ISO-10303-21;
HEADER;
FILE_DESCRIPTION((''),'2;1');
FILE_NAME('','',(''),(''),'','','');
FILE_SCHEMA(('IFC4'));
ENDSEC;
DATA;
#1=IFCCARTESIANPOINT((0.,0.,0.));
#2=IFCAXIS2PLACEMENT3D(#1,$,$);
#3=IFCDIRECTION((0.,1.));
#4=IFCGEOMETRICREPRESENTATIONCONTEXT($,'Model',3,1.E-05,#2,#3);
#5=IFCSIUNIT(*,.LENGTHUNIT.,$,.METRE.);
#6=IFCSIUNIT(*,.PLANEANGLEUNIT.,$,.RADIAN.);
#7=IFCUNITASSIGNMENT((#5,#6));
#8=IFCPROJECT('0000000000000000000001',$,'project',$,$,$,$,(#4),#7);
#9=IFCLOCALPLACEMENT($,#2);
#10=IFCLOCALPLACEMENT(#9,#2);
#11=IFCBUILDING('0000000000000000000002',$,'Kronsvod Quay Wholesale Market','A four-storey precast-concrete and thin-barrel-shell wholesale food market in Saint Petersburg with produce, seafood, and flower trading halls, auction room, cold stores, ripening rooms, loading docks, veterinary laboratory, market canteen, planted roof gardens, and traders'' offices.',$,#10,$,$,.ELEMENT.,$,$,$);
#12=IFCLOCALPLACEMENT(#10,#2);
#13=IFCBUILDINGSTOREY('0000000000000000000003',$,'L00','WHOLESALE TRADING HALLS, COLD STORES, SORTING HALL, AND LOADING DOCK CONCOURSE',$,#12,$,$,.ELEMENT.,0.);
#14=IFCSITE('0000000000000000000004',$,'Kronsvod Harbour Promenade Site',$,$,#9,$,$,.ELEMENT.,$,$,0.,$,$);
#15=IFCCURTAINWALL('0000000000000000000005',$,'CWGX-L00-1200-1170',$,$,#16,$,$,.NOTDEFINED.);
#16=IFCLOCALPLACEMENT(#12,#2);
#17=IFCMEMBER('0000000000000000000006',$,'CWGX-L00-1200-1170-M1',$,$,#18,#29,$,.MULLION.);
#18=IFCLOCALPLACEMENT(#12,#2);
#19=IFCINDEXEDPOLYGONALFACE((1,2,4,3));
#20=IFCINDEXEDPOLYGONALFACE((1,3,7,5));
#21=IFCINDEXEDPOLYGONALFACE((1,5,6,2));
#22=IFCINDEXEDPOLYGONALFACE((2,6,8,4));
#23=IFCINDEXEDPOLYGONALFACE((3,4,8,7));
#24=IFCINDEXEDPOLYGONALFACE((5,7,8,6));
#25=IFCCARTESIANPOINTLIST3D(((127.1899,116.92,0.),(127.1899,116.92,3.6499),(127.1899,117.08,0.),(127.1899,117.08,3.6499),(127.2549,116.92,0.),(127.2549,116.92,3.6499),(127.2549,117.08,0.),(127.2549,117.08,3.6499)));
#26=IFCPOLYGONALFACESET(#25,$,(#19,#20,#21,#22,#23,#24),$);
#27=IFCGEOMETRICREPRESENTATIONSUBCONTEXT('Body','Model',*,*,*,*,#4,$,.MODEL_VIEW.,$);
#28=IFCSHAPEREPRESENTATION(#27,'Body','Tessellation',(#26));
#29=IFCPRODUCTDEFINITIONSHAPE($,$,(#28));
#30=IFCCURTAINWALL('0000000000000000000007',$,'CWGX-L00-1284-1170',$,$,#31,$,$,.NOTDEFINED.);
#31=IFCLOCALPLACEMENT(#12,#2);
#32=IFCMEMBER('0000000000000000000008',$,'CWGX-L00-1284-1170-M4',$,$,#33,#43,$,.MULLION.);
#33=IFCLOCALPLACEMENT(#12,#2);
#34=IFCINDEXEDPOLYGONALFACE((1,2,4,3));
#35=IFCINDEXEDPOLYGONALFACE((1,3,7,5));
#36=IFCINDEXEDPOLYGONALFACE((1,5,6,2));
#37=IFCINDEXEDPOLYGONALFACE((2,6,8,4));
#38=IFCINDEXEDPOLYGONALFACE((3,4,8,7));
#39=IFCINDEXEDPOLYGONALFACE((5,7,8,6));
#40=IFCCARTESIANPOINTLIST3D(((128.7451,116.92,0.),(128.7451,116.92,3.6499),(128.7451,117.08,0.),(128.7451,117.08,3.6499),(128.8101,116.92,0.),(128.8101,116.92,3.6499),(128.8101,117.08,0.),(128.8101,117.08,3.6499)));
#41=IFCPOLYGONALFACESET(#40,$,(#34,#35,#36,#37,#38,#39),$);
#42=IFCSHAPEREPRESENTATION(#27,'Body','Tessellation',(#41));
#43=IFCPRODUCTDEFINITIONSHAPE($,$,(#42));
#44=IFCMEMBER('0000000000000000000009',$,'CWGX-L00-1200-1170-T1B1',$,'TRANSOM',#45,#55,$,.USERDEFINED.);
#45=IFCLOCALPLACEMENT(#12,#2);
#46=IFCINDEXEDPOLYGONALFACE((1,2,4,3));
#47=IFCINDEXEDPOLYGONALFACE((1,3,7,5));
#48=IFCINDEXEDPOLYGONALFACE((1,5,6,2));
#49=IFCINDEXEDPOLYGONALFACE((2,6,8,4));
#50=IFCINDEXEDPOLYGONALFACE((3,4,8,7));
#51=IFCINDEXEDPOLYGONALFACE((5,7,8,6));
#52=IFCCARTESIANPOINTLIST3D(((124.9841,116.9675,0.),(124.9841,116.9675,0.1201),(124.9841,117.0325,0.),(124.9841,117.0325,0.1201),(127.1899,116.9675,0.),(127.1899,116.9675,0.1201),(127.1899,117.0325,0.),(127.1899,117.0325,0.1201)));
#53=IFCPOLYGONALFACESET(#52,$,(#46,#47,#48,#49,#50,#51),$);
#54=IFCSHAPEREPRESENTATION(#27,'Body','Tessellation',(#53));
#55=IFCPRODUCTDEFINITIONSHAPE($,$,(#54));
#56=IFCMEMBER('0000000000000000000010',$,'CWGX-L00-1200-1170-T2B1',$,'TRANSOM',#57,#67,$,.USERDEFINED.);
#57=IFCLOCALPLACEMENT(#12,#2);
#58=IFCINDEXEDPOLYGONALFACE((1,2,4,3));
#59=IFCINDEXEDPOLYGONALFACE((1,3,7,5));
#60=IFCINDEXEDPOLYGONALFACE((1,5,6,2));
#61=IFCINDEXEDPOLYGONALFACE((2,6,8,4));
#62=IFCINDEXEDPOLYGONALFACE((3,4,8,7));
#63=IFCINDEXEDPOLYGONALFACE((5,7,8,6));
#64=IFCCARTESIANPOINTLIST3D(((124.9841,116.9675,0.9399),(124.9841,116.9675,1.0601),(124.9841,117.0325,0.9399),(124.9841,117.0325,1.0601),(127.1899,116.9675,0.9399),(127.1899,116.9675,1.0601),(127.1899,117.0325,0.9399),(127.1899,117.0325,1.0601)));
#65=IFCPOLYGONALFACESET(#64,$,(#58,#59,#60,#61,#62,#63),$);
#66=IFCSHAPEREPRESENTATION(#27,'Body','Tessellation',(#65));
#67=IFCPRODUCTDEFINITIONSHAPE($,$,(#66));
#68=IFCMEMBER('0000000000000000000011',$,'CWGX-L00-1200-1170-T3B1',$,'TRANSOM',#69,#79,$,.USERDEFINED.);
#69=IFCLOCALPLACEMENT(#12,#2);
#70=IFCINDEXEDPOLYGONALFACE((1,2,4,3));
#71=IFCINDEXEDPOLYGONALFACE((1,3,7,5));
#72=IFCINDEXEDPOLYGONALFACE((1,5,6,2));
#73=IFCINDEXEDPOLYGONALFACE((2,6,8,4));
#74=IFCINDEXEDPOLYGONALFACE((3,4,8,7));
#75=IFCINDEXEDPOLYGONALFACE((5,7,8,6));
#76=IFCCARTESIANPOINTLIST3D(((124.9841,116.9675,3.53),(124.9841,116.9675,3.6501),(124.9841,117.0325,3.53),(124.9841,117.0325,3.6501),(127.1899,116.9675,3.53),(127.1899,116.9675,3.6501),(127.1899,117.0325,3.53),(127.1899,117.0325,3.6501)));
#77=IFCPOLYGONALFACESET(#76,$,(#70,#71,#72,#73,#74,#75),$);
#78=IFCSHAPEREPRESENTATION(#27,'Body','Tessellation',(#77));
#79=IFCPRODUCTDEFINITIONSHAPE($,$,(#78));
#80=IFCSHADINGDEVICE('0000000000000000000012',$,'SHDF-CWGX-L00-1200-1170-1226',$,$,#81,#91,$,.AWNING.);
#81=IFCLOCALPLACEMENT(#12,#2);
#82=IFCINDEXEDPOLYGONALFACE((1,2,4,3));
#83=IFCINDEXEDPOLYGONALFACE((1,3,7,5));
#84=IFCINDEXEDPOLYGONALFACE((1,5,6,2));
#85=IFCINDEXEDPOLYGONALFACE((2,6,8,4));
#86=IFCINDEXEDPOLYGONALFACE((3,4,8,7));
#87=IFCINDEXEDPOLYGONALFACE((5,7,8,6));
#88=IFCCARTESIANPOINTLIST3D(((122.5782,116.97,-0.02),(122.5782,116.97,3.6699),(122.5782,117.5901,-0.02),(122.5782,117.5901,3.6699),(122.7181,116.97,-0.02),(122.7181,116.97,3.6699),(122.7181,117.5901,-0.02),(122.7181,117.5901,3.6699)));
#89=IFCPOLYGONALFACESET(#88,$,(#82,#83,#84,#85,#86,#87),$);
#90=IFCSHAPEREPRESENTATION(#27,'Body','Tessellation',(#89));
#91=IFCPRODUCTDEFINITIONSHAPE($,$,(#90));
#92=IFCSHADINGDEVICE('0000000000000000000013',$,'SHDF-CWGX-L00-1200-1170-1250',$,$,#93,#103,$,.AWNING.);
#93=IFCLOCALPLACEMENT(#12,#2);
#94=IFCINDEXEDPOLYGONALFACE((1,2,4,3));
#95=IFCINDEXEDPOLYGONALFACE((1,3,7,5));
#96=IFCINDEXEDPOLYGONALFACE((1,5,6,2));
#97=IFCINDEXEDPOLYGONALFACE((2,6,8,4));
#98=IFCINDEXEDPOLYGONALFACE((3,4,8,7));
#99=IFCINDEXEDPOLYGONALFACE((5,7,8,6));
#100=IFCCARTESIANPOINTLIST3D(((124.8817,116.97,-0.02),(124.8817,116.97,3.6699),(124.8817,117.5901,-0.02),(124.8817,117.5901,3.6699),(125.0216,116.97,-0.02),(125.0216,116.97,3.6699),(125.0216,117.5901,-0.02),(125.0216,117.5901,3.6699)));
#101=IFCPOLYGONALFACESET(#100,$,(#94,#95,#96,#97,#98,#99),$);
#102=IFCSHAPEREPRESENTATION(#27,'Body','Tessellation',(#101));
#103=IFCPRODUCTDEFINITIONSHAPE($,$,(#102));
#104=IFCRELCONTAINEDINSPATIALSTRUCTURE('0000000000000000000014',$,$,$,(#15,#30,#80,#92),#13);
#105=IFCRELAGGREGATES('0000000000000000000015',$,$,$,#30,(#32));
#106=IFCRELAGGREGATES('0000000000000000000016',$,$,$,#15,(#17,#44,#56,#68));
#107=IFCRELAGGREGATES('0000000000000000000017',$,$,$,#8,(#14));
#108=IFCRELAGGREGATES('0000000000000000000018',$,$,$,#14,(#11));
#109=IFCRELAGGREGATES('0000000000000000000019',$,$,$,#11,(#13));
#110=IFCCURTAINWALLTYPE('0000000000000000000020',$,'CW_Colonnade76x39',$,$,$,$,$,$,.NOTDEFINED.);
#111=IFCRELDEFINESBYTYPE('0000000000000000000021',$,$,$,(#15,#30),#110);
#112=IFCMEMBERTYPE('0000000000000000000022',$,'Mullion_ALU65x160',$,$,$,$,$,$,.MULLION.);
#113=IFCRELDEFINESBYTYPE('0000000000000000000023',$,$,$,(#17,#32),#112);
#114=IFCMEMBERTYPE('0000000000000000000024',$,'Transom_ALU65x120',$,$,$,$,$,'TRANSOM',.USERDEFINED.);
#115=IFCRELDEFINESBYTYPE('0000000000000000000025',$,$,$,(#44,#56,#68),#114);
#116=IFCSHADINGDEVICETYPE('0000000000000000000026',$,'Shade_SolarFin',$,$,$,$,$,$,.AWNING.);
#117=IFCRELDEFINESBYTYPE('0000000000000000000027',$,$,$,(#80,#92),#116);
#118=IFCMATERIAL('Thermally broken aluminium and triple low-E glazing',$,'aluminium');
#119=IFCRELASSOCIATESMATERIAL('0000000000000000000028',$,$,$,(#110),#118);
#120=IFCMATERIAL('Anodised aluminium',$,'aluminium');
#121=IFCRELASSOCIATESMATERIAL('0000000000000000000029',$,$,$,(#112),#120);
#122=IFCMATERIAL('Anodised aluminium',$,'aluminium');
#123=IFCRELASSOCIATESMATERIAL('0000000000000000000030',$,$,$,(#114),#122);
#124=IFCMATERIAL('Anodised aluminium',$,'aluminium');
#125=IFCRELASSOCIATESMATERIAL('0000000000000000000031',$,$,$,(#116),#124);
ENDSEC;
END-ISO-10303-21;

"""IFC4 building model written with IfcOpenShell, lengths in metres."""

from ifc_helpers import new_model, si_unit, direction, frame, origin, origin_2d, place, context, subcontext, project, spatial, rectangle, extrude, material, material_profile, profile_set, type_object, element, aggregate, save


model = new_model("IFC4")

# Units and contexts
model_context = context("Model", 3, precision=1e-05, world=origin(), true_north=direction((0.0, 1.0)))
body_context = subcontext(model_context, "Body", "Model", "MODEL_VIEW")
ifc_project = project(units=[si_unit("LENGTHUNIT", "METRE"), si_unit("PLANEANGLEUNIT", "RADIAN")], contexts=[model_context])

# Site, building, storey
site_placement = place(None, origin())
site = spatial("IfcSite", under=ifc_project, at=site_placement, Name="Kronsvod Harbour Promenade Site", CompositionType="ELEMENT", RefElevation=0.0)
building_placement = place(site_placement, origin())
building = spatial("IfcBuilding", under=site, at=building_placement, Name="Kronsvod Quay Wholesale Market", Description="A four-storey precast-concrete and thin-barrel-shell wholesale food market in Saint Petersburg with produce, seafood, and flower trading halls, auction room, cold stores, ripening rooms, loading docks, veterinary laboratory, market canteen, planted roof gardens, and traders' offices.", CompositionType="ELEMENT")
storey_placement = place(building_placement, origin())
storey = spatial("IfcBuildingStorey", under=building, at=storey_placement, Name="L00", Description="WHOLESALE TRADING HALLS, COLD STORES, SORTING HALL, AND LOADING DOCK CONCOURSE", CompositionType="ELEMENT", Elevation=0.0)

# Curtain walls, members
ifc_material_1 = material(Name="Thermally broken aluminium and triple low-E glazing", Category="aluminium")
curtain_wall_type = type_object("IfcCurtainWallType", Name="CW_Colonnade76x39", PredefinedType="NOTDEFINED", material=ifc_material_1)
curtain_wall_1_placement = place(storey_placement, origin())
curtain_wall_1 = element("IfcCurtainWall", 1, at=curtain_wall_1_placement, inside=storey, type_object=curtain_wall_type, Name="CWGX-L00-1200-1170", PredefinedType="NOTDEFINED")
ifc_material_2 = material(Name="Anodised aluminium", Category="aluminium")
ifc_material_profile_1 = material_profile(ifc_material_2, rectangle(XDim=0.0649, YDim=0.1599, at=origin_2d()), Name="ALUM65x160")
ifc_profile_set_1 = profile_set([ifc_material_profile_1], Name="Anodised aluminium")
member_type_1 = type_object("IfcMemberType", Name="Mullion_ALU65x160", PredefinedType="MULLION", material=ifc_profile_set_1)
member_1_placement = place(storey_placement, frame((127.2224, 117.0, 0.0), z_axis=(0.0, 0.0, 1.0), x_axis=(1.0, 0.0, 0.0)))
member_1 = element("IfcMember", 2, at=member_1_placement, type_object=member_type_1, Name="CWGX-L00-1200-1170-M1", PredefinedType="MULLION", context=body_context, shape_type="SweptSolid", body=[
    extrude(rectangle(XDim=0.0649, YDim=0.1599, at=origin_2d()), origin(), (0.0, 0.0, 1.0), 3.6499),
])
curtain_wall_2_placement = place(storey_placement, origin())
curtain_wall_2 = element("IfcCurtainWall", 3, at=curtain_wall_2_placement, inside=storey, type_object=curtain_wall_type, Name="CWGX-L00-1284-1170", PredefinedType="NOTDEFINED")
member_2_placement = place(storey_placement, frame((128.7776, 117.0, 0.0), z_axis=(0.0, 0.0, 1.0), x_axis=(1.0, 0.0, 0.0)))
member_2 = element("IfcMember", 4, at=member_2_placement, type_object=member_type_1, Name="CWGX-L00-1284-1170-M4", PredefinedType="MULLION", context=body_context, shape_type="SweptSolid", body=[
    extrude(rectangle(XDim=0.0649, YDim=0.1599, at=origin_2d()), origin(), (0.0, 0.0, 1.0), 3.6499),
])
aggregate(curtain_wall_2, [member_2])

# Members
ifc_material_3 = material(Name="Anodised aluminium", Category="aluminium")
ifc_material_profile_2 = material_profile(ifc_material_3, rectangle(XDim=0.0649, YDim=0.1201, at=origin_2d()), Name="ALUT65x120")
ifc_profile_set_2 = profile_set([ifc_material_profile_2], Name="Anodised aluminium")
member_type_2 = type_object("IfcMemberType", Name="Transom_ALU65x120", ElementType="TRANSOM", PredefinedType="USERDEFINED", material=ifc_profile_set_2)
member_3_placement = place(storey_placement, frame((127.1899, 117.0, 0.0601), z_axis=(-1.0, 0.0, 0.0), x_axis=(0.0, -1.0, 0.0)))
member_3 = element("IfcMember", 5, at=member_3_placement, type_object=member_type_2, Name="CWGX-L00-1200-1170-T1B1", ObjectType="TRANSOM", PredefinedType="USERDEFINED", context=body_context, shape_type="SweptSolid", body=[
    extrude(rectangle(XDim=0.0649, YDim=0.1201, at=origin_2d()), origin(), (0.0, 0.0, 1.0), 2.2058),
])
member_4_placement = place(storey_placement, frame((127.1899, 117.0, 1.0), z_axis=(-1.0, 0.0, 0.0), x_axis=(0.0, -1.0, 0.0)))
member_4 = element("IfcMember", 6, at=member_4_placement, type_object=member_type_2, Name="CWGX-L00-1200-1170-T2B1", ObjectType="TRANSOM", PredefinedType="USERDEFINED", context=body_context, shape_type="SweptSolid", body=[
    extrude(rectangle(XDim=0.0649, YDim=0.1201, at=origin_2d()), origin(), (0.0, 0.0, 1.0), 2.2058),
])
member_5_placement = place(storey_placement, frame((127.1899, 117.0, 3.5901), z_axis=(-1.0, 0.0, 0.0), x_axis=(0.0, -1.0, 0.0)))
member_5 = element("IfcMember", 7, at=member_5_placement, type_object=member_type_2, Name="CWGX-L00-1200-1170-T3B1", ObjectType="TRANSOM", PredefinedType="USERDEFINED", context=body_context, shape_type="SweptSolid", body=[
    extrude(rectangle(XDim=0.0649, YDim=0.1201, at=origin_2d()), origin(), (0.0, 0.0, 1.0), 2.2058),
])
aggregate(curtain_wall_1, [member_1, member_3, member_4, member_5])

# Shading devices
ifc_material_4 = material(Name="Anodised aluminium", Category="aluminium")
shading_device_type = type_object("IfcShadingDeviceType", Name="Shade_SolarFin", PredefinedType="AWNING", material=ifc_material_4)
for number, where, z_axis, x_axis, name in (
    (8, (122.6482, 117.28, -0.02), (0.0, 0.0, 1.0), (1.0, 0.0, 0.0), "SHDF-CWGX-L00-1200-1170-1226"),
    (9, (124.9517, 117.28, -0.02), (0.0, 0.0, 1.0), (1.0, 0.0, 0.0), "SHDF-CWGX-L00-1200-1170-1250"),
):
    element("IfcShadingDevice", number, at=place(storey_placement, frame(where, z_axis=z_axis, x_axis=x_axis)), inside=storey, type_object=shading_device_type, Name=name, PredefinedType="AWNING", context=body_context, shape_type="SweptSolid", body=[
        extrude(rectangle(XDim=0.1399, YDim=0.6201, at=origin_2d()), origin(), (0.0, 0.0, 1.0), 3.6899),
    ])

save(model, "model.ifc")
